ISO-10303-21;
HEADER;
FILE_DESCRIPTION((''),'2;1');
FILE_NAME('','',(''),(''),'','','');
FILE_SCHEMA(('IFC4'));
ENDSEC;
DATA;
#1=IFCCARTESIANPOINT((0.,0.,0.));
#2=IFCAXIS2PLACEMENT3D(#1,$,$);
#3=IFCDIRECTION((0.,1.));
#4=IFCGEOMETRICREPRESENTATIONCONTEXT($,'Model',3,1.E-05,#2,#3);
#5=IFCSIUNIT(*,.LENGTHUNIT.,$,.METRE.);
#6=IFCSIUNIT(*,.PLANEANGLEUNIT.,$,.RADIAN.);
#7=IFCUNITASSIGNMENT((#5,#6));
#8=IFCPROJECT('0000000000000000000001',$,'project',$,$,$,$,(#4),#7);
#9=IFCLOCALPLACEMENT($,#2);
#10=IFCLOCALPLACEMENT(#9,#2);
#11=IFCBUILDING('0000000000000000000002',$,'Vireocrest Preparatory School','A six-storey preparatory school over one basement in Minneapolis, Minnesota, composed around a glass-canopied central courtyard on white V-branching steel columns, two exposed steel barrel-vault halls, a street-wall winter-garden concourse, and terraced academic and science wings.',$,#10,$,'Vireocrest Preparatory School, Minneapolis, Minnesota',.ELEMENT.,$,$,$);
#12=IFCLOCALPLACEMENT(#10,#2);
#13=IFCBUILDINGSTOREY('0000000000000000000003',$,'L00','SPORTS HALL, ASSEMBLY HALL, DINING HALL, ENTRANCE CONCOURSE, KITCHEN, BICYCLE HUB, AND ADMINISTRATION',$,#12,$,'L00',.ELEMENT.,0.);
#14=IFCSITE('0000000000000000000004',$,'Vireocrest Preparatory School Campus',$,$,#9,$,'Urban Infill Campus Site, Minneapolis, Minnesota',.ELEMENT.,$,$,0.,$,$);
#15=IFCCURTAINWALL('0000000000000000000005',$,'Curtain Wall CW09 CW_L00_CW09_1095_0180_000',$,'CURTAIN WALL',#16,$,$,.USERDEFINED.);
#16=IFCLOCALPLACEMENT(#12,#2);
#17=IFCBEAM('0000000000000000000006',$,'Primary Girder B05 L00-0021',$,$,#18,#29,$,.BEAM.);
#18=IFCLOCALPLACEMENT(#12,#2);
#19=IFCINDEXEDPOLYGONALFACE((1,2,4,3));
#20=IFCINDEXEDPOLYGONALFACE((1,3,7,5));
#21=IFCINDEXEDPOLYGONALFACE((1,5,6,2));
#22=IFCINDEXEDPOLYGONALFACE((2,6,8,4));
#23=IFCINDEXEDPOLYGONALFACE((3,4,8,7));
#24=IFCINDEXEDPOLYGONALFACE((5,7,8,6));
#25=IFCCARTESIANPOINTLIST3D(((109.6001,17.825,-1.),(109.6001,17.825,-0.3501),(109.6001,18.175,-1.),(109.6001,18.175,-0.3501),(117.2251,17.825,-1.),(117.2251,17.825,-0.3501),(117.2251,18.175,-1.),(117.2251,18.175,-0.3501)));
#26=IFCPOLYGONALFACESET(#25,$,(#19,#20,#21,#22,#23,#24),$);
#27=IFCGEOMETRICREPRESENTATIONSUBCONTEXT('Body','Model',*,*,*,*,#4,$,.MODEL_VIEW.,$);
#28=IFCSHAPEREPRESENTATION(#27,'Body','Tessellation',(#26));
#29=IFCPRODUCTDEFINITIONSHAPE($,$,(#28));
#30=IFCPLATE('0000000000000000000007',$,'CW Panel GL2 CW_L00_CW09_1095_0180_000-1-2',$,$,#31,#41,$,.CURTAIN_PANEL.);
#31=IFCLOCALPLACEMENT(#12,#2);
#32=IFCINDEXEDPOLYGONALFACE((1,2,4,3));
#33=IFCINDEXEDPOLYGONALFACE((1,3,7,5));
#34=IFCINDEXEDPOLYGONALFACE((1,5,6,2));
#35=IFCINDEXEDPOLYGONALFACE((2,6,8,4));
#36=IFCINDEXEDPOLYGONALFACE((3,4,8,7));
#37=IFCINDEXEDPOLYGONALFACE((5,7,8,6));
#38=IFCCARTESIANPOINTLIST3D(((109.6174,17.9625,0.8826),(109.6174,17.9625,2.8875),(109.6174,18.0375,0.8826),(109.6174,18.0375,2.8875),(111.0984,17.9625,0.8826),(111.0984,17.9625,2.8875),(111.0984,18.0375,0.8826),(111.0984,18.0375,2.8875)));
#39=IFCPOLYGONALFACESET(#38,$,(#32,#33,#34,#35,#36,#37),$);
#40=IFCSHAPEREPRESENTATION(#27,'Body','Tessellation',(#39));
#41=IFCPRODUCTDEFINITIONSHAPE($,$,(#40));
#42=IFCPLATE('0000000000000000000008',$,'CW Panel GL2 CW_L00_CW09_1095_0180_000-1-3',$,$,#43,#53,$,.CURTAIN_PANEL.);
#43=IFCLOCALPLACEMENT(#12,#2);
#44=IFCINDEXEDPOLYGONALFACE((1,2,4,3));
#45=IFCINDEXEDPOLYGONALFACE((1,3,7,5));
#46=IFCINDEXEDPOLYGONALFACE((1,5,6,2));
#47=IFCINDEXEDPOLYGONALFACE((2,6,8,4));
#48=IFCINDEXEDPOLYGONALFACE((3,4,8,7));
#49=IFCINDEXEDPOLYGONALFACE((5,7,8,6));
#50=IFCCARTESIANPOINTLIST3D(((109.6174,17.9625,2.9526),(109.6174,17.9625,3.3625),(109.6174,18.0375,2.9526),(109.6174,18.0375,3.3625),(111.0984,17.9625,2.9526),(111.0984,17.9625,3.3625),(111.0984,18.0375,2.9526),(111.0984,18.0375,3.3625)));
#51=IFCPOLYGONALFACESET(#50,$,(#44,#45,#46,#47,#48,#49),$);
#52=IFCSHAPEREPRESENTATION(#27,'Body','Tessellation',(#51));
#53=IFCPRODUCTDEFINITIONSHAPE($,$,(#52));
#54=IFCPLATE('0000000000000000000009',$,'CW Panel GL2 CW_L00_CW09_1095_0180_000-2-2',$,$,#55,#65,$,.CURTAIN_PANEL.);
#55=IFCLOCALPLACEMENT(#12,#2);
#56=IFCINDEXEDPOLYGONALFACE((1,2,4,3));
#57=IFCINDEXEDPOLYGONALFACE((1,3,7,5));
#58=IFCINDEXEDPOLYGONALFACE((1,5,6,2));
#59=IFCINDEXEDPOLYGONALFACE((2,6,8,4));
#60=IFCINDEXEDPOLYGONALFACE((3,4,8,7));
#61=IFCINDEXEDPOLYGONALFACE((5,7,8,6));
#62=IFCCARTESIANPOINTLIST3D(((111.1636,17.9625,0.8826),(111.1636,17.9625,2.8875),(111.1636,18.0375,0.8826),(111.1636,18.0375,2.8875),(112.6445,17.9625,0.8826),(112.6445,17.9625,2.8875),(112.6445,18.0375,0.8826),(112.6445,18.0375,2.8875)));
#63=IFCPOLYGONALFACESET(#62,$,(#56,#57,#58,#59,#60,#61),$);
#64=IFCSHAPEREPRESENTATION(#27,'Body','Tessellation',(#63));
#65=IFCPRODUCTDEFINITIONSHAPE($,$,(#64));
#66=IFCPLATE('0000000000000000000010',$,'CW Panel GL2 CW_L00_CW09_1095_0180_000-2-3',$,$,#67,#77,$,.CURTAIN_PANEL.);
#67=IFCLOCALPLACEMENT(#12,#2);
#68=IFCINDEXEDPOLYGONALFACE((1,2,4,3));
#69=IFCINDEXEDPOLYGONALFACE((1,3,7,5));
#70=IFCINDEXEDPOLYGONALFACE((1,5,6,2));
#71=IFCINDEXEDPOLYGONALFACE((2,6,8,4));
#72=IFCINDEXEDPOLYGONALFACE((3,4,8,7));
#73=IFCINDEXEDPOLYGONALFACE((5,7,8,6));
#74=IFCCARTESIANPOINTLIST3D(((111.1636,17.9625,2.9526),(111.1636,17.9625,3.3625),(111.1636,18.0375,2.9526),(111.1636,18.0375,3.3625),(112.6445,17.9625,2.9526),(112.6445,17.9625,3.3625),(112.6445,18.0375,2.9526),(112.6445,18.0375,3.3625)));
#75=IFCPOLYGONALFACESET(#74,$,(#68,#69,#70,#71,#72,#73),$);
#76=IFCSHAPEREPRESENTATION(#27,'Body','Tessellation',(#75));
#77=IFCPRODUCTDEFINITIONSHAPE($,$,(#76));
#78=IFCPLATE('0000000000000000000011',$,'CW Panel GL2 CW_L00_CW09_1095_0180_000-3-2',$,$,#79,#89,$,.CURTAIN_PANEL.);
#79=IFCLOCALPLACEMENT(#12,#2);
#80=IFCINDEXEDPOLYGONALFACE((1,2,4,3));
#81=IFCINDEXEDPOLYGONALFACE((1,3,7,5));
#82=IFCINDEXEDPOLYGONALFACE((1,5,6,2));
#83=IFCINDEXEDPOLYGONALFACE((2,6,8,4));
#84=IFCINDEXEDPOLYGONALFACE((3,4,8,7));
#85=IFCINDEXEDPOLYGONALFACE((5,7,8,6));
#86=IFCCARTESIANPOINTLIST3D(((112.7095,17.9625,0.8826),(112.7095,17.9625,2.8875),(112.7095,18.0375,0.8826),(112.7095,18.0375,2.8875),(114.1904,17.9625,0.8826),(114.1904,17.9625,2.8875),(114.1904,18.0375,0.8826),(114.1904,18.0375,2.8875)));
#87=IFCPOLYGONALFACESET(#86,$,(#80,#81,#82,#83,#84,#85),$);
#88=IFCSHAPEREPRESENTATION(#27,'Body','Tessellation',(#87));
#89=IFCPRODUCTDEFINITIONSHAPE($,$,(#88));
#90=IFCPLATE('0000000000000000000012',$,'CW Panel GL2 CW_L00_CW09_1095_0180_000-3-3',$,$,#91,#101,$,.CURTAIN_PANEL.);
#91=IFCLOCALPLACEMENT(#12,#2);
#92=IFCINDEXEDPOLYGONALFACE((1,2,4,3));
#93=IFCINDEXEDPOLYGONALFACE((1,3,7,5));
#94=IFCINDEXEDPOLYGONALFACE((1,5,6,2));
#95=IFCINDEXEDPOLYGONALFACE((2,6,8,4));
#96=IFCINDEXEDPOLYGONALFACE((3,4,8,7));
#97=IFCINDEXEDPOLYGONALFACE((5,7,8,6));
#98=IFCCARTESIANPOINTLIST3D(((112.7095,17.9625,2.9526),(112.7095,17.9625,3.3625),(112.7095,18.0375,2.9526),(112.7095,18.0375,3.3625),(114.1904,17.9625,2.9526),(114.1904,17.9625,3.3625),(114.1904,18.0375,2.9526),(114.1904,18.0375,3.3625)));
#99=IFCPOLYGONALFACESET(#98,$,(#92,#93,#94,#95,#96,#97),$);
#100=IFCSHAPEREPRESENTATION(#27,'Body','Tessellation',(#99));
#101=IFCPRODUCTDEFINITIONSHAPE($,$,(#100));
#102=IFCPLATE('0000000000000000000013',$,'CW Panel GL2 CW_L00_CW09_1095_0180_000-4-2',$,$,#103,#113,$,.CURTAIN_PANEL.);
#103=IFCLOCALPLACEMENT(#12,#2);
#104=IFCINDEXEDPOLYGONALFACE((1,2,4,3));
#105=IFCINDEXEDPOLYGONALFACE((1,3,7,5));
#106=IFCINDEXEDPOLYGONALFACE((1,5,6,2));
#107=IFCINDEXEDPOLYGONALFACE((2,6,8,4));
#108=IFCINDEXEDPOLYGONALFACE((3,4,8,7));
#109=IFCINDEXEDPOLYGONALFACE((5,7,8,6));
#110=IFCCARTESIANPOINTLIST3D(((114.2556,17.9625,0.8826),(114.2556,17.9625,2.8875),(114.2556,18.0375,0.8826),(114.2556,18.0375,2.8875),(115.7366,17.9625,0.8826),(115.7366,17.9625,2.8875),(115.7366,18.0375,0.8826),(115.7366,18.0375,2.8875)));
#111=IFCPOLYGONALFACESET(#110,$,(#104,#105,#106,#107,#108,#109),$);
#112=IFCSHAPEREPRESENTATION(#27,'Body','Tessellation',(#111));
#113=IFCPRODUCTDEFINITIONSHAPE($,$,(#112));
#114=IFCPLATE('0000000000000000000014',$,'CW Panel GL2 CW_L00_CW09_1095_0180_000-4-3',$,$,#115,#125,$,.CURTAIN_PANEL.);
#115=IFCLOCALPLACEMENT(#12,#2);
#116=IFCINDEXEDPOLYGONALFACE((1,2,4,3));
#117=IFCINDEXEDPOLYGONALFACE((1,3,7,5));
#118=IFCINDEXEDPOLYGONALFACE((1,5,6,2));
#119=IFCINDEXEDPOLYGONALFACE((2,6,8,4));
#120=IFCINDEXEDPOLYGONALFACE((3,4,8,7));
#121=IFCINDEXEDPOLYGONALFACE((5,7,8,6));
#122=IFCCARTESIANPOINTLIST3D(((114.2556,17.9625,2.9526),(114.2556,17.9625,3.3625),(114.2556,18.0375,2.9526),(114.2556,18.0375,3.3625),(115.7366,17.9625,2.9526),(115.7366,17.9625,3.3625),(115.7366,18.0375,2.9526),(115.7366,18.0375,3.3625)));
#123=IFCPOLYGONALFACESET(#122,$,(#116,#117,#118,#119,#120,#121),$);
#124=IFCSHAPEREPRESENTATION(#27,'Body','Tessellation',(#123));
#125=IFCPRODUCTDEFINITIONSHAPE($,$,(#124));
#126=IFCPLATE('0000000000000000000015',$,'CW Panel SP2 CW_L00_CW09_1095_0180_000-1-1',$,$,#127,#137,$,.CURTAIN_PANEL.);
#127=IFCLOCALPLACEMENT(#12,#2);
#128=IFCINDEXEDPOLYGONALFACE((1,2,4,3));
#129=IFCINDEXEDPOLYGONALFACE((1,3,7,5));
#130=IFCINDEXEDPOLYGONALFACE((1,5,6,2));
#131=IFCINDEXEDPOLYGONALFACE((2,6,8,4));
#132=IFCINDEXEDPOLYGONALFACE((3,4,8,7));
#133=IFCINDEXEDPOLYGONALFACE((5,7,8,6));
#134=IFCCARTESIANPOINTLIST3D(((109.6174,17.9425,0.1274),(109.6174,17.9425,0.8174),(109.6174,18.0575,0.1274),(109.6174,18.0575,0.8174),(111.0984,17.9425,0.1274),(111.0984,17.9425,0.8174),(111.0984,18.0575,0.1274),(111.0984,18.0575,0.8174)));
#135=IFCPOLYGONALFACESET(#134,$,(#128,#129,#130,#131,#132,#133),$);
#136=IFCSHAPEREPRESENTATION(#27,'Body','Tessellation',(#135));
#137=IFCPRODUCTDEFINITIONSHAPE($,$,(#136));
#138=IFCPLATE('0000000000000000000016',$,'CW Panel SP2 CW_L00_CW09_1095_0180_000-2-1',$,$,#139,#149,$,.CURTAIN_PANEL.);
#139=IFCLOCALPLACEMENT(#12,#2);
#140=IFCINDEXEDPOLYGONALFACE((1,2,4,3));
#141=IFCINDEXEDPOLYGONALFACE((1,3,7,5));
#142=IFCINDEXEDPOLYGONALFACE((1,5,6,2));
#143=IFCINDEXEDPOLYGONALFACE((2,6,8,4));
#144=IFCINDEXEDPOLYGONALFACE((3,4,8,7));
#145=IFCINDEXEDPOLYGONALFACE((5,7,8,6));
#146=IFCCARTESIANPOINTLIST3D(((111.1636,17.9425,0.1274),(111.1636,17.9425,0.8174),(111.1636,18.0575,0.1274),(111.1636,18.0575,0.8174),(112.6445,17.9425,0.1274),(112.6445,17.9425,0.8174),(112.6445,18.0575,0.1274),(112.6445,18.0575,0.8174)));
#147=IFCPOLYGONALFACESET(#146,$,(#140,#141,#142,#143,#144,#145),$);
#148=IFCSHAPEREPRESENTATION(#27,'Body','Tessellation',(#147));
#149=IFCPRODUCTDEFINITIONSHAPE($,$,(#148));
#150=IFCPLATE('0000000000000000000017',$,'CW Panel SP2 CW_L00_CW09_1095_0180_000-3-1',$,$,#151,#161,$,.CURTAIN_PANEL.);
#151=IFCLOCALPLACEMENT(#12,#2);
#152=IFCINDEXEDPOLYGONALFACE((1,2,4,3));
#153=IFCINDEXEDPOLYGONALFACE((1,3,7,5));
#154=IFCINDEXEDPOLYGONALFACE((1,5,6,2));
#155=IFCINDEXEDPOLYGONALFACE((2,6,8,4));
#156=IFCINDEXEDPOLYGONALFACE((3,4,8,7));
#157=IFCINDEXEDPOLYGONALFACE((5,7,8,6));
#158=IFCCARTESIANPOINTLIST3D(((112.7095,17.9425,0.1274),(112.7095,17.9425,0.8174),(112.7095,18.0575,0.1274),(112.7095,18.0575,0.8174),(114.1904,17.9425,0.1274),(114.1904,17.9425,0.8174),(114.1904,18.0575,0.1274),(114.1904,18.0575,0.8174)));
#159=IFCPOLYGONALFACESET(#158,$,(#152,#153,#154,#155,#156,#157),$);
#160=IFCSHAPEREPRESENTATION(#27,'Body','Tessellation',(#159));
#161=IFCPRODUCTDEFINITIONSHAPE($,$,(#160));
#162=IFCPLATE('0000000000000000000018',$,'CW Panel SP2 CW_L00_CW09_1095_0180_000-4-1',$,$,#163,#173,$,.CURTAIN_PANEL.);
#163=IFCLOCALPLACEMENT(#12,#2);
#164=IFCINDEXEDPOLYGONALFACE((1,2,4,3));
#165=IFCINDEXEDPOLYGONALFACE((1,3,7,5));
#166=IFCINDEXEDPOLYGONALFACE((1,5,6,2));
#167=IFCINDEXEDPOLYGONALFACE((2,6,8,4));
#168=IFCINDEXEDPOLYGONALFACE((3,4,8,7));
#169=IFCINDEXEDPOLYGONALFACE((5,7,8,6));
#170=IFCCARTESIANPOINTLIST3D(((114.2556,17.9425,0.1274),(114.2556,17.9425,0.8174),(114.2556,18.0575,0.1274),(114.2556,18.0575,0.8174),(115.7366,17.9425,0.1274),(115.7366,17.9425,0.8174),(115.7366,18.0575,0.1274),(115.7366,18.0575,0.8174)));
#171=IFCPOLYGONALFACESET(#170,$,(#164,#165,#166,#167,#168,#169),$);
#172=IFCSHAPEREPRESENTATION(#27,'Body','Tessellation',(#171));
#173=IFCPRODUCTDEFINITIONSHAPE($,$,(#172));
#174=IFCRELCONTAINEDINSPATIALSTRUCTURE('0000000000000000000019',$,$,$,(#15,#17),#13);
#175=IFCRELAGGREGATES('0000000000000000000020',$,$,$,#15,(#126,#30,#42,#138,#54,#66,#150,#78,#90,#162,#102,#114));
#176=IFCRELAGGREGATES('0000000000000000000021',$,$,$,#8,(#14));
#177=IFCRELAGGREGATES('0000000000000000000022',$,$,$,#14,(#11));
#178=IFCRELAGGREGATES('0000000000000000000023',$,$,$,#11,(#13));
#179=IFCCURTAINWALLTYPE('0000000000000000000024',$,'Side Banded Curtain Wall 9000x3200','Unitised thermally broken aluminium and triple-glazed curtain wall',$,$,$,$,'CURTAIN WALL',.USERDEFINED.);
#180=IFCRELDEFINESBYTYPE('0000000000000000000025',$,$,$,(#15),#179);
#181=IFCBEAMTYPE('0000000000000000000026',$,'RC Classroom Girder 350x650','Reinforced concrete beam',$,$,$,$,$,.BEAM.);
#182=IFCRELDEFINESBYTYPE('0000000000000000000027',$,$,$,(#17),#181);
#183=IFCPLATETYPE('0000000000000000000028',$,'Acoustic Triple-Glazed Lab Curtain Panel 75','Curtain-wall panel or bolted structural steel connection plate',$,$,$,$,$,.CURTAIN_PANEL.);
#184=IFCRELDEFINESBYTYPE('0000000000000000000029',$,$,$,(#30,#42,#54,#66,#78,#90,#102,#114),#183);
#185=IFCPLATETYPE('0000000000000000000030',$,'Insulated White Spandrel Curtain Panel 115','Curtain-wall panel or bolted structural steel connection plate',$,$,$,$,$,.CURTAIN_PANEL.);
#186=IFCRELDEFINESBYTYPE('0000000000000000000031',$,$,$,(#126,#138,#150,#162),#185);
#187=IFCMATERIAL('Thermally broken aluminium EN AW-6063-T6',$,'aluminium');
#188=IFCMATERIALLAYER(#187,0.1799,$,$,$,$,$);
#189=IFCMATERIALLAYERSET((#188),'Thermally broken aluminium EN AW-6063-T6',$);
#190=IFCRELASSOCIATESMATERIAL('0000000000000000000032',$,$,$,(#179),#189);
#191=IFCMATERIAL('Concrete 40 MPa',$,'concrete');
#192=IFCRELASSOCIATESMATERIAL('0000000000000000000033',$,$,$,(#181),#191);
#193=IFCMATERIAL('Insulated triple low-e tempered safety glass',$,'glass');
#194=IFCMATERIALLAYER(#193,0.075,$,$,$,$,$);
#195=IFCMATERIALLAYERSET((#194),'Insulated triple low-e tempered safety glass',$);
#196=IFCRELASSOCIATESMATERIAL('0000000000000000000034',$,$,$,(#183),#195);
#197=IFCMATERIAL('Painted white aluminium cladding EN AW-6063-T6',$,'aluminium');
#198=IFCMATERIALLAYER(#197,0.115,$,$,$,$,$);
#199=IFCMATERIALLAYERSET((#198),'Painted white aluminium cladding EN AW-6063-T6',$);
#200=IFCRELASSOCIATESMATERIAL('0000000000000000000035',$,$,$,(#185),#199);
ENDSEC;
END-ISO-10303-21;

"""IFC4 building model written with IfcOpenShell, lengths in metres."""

from ifc_helpers import new_model, si_unit, direction, frame, origin, origin_2d, place, context, subcontext, project, spatial, rectangle, extrude, material, layer, layer_set, material_profile, profile_set, type_object, element, aggregate, save


model = new_model("IFC4")

# Units and contexts
model_context = context("Model", 3, precision=1e-05, world=origin(), true_north=direction((0.0, 1.0)))
body_context = subcontext(model_context, "Body", "Model", "MODEL_VIEW")
ifc_project = project(units=[si_unit("LENGTHUNIT", "METRE"), si_unit("PLANEANGLEUNIT", "RADIAN")], contexts=[model_context])

# Site, building, storey
site_placement = place(None, origin())
site = spatial("IfcSite", under=ifc_project, at=site_placement, Name="Vireocrest Preparatory School Campus", LongName="Urban Infill Campus Site, Minneapolis, Minnesota", CompositionType="ELEMENT", RefElevation=0.0)
building_placement = place(site_placement, origin())
building = spatial("IfcBuilding", under=site, at=building_placement, Name="Vireocrest Preparatory School", Description="A six-storey preparatory school over one basement in Minneapolis, Minnesota, composed around a glass-canopied central courtyard on white V-branching steel columns, two exposed steel barrel-vault halls, a street-wall winter-garden concourse, and terraced academic and science wings.", LongName="Vireocrest Preparatory School, Minneapolis, Minnesota", CompositionType="ELEMENT")
storey_placement = place(building_placement, origin())
storey = spatial("IfcBuildingStorey", under=building, at=storey_placement, Name="L00", Description="SPORTS HALL, ASSEMBLY HALL, DINING HALL, ENTRANCE CONCOURSE, KITCHEN, BICYCLE HUB, AND ADMINISTRATION", LongName="L00", CompositionType="ELEMENT", Elevation=0.0)

# Curtain wall
ifc_material_1 = material(Name="Thermally broken aluminium EN AW-6063-T6", Category="aluminium")
ifc_layer_1 = layer(ifc_material_1, 0.1799)
ifc_layer_set_1 = layer_set([ifc_layer_1], Name="Thermally broken aluminium EN AW-6063-T6")
curtain_wall_type_1 = type_object("IfcCurtainWallType", Name="Side Banded Curtain Wall 9000x3200", Description="Unitised thermally broken aluminium and triple-glazed curtain wall", ElementType="CURTAIN WALL", PredefinedType="USERDEFINED", material=ifc_layer_set_1)
curtain_wall_1_placement = place(storey_placement, origin())
curtain_wall_1 = element("IfcCurtainWall", 1, at=curtain_wall_1_placement, inside=storey, type_object=curtain_wall_type_1, Name="Curtain Wall CW09 CW_L00_CW09_1095_0180_000", ObjectType="CURTAIN WALL", PredefinedType="USERDEFINED")

# Beam
ifc_material_2 = material(Name="Concrete 40 MPa", Category="concrete")
ifc_material_profile_1 = material_profile(ifc_material_2, rectangle(XDim=0.3501, YDim=0.6499, at=origin_2d()), Name="RC 350x650")
ifc_profile_set_1 = profile_set([ifc_material_profile_1], Name="Concrete 40 MPa")
beam_type = type_object("IfcBeamType", Name="RC Classroom Girder 350x650", Description="Reinforced concrete beam", PredefinedType="BEAM", material=ifc_profile_set_1)
beam_placement = place(storey_placement, frame((109.6001, 18.0, -0.675), z_axis=(1.0, 0.0, 0.0), x_axis=(0.0, 1.0, 0.0)))
element("IfcBeam", 2, at=beam_placement, inside=storey, type_object=beam_type, Name="Primary Girder B05 L00-0021", PredefinedType="BEAM", context=body_context, shape_type="SweptSolid", body=[
    extrude(rectangle(XDim=0.3501, YDim=0.6499, at=origin_2d()), origin(), (0.0, 0.0, 1.0), 7.625),
])

# Plates
ifc_material_3 = material(Name="Insulated triple low-e tempered safety glass", Category="glass")
ifc_layer_2 = layer(ifc_material_3, 0.075)
ifc_layer_set_2 = layer_set([ifc_layer_2], Name="Insulated triple low-e tempered safety glass")
plate_type_1 = type_object("IfcPlateType", Name="Acoustic Triple-Glazed Lab Curtain Panel 75", Description="Curtain-wall panel or bolted structural steel connection plate", PredefinedType="CURTAIN_PANEL", material=ifc_layer_set_2)
plate_1_placement = place(storey_placement, frame((110.3579, 18.0, 0.8826), z_axis=(0.0, 0.0, 1.0), x_axis=(1.0, 0.0, 0.0)))
plate_1 = element("IfcPlate", 3, at=plate_1_placement, type_object=plate_type_1, Name="CW Panel GL2 CW_L00_CW09_1095_0180_000-1-2", PredefinedType="CURTAIN_PANEL", context=body_context, shape_type="SweptSolid", body=[
    extrude(rectangle(XDim=1.481, YDim=0.075, at=origin_2d()), origin(), (0.0, 0.0, 1.0), 2.0049),
])
plate_2_placement = place(storey_placement, frame((110.3579, 18.0, 2.9526), z_axis=(0.0, 0.0, 1.0), x_axis=(1.0, 0.0, 0.0)))
plate_2 = element("IfcPlate", 4, at=plate_2_placement, type_object=plate_type_1, Name="CW Panel GL2 CW_L00_CW09_1095_0180_000-1-3", PredefinedType="CURTAIN_PANEL", context=body_context, shape_type="SweptSolid", body=[
    extrude(rectangle(XDim=1.481, YDim=0.075, at=origin_2d()), origin(), (0.0, 0.0, 1.0), 0.4099),
])
plate_3_placement = place(storey_placement, frame((111.9041, 18.0, 0.8826), z_axis=(0.0, 0.0, 1.0), x_axis=(1.0, 0.0, 0.0)))
plate_3 = element("IfcPlate", 5, at=plate_3_placement, type_object=plate_type_1, Name="CW Panel GL2 CW_L00_CW09_1095_0180_000-2-2", PredefinedType="CURTAIN_PANEL", context=body_context, shape_type="SweptSolid", body=[
    extrude(rectangle(XDim=1.481, YDim=0.075, at=origin_2d()), origin(), (0.0, 0.0, 1.0), 2.0049),
])
plate_4_placement = place(storey_placement, frame((111.9041, 18.0, 2.9526), z_axis=(0.0, 0.0, 1.0), x_axis=(1.0, 0.0, 0.0)))
plate_4 = element("IfcPlate", 6, at=plate_4_placement, type_object=plate_type_1, Name="CW Panel GL2 CW_L00_CW09_1095_0180_000-2-3", PredefinedType="CURTAIN_PANEL", context=body_context, shape_type="SweptSolid", body=[
    extrude(rectangle(XDim=1.481, YDim=0.075, at=origin_2d()), origin(), (0.0, 0.0, 1.0), 0.4099),
])
plate_5_placement = place(storey_placement, frame((113.45, 18.0, 0.8826), z_axis=(0.0, 0.0, 1.0), x_axis=(1.0, 0.0, 0.0)))
plate_5 = element("IfcPlate", 7, at=plate_5_placement, type_object=plate_type_1, Name="CW Panel GL2 CW_L00_CW09_1095_0180_000-3-2", PredefinedType="CURTAIN_PANEL", context=body_context, shape_type="SweptSolid", body=[
    extrude(rectangle(XDim=1.481, YDim=0.075, at=origin_2d()), origin(), (0.0, 0.0, 1.0), 2.0049),
])
plate_6_placement = place(storey_placement, frame((113.45, 18.0, 2.9526), z_axis=(0.0, 0.0, 1.0), x_axis=(1.0, 0.0, 0.0)))
plate_6 = element("IfcPlate", 8, at=plate_6_placement, type_object=plate_type_1, Name="CW Panel GL2 CW_L00_CW09_1095_0180_000-3-3", PredefinedType="CURTAIN_PANEL", context=body_context, shape_type="SweptSolid", body=[
    extrude(rectangle(XDim=1.481, YDim=0.075, at=origin_2d()), origin(), (0.0, 0.0, 1.0), 0.4099),
])
plate_7_placement = place(storey_placement, frame((114.9961, 18.0, 0.8826), z_axis=(0.0, 0.0, 1.0), x_axis=(1.0, 0.0, 0.0)))
plate_7 = element("IfcPlate", 9, at=plate_7_placement, type_object=plate_type_1, Name="CW Panel GL2 CW_L00_CW09_1095_0180_000-4-2", PredefinedType="CURTAIN_PANEL", context=body_context, shape_type="SweptSolid", body=[
    extrude(rectangle(XDim=1.481, YDim=0.075, at=origin_2d()), origin(), (0.0, 0.0, 1.0), 2.0049),
])
plate_8_placement = place(storey_placement, frame((114.9961, 18.0, 2.9526), z_axis=(0.0, 0.0, 1.0), x_axis=(1.0, 0.0, 0.0)))
plate_8 = element("IfcPlate", 10, at=plate_8_placement, type_object=plate_type_1, Name="CW Panel GL2 CW_L00_CW09_1095_0180_000-4-3", PredefinedType="CURTAIN_PANEL", context=body_context, shape_type="SweptSolid", body=[
    extrude(rectangle(XDim=1.481, YDim=0.075, at=origin_2d()), origin(), (0.0, 0.0, 1.0), 0.4099),
])
ifc_material_4 = material(Name="Painted white aluminium cladding EN AW-6063-T6", Category="aluminium")
ifc_layer_3 = layer(ifc_material_4, 0.115)
ifc_layer_set_3 = layer_set([ifc_layer_3], Name="Painted white aluminium cladding EN AW-6063-T6")
plate_type_2 = type_object("IfcPlateType", Name="Insulated White Spandrel Curtain Panel 115", Description="Curtain-wall panel or bolted structural steel connection plate", PredefinedType="CURTAIN_PANEL", material=ifc_layer_set_3)
plate_9_placement = place(storey_placement, frame((110.3579, 18.0, 0.1274), z_axis=(0.0, 0.0, 1.0), x_axis=(1.0, 0.0, 0.0)))
plate_9 = element("IfcPlate", 11, at=plate_9_placement, type_object=plate_type_2, Name="CW Panel SP2 CW_L00_CW09_1095_0180_000-1-1", PredefinedType="CURTAIN_PANEL", context=body_context, shape_type="SweptSolid", body=[
    extrude(rectangle(XDim=1.481, YDim=0.115, at=origin_2d()), origin(), (0.0, 0.0, 1.0), 0.6899),
])
plate_10_placement = place(storey_placement, frame((111.9041, 18.0, 0.1274), z_axis=(0.0, 0.0, 1.0), x_axis=(1.0, 0.0, 0.0)))
plate_10 = element("IfcPlate", 12, at=plate_10_placement, type_object=plate_type_2, Name="CW Panel SP2 CW_L00_CW09_1095_0180_000-2-1", PredefinedType="CURTAIN_PANEL", context=body_context, shape_type="SweptSolid", body=[
    extrude(rectangle(XDim=1.481, YDim=0.115, at=origin_2d()), origin(), (0.0, 0.0, 1.0), 0.6899),
])
plate_11_placement = place(storey_placement, frame((113.45, 18.0, 0.1274), z_axis=(0.0, 0.0, 1.0), x_axis=(1.0, 0.0, 0.0)))
plate_11 = element("IfcPlate", 13, at=plate_11_placement, type_object=plate_type_2, Name="CW Panel SP2 CW_L00_CW09_1095_0180_000-3-1", PredefinedType="CURTAIN_PANEL", context=body_context, shape_type="SweptSolid", body=[
    extrude(rectangle(XDim=1.481, YDim=0.115, at=origin_2d()), origin(), (0.0, 0.0, 1.0), 0.6899),
])
plate_12_placement = place(storey_placement, frame((114.9961, 18.0, 0.1274), z_axis=(0.0, 0.0, 1.0), x_axis=(1.0, 0.0, 0.0)))
plate_12 = element("IfcPlate", 14, at=plate_12_placement, type_object=plate_type_2, Name="CW Panel SP2 CW_L00_CW09_1095_0180_000-4-1", PredefinedType="CURTAIN_PANEL", context=body_context, shape_type="SweptSolid", body=[
    extrude(rectangle(XDim=1.481, YDim=0.115, at=origin_2d()), origin(), (0.0, 0.0, 1.0), 0.6899),
])
aggregate(curtain_wall_1, [plate_9, plate_1, plate_2, plate_10, plate_3, plate_4, plate_11, plate_5, plate_6, plate_12, plate_7, plate_8])

save(model, "model.ifc")
